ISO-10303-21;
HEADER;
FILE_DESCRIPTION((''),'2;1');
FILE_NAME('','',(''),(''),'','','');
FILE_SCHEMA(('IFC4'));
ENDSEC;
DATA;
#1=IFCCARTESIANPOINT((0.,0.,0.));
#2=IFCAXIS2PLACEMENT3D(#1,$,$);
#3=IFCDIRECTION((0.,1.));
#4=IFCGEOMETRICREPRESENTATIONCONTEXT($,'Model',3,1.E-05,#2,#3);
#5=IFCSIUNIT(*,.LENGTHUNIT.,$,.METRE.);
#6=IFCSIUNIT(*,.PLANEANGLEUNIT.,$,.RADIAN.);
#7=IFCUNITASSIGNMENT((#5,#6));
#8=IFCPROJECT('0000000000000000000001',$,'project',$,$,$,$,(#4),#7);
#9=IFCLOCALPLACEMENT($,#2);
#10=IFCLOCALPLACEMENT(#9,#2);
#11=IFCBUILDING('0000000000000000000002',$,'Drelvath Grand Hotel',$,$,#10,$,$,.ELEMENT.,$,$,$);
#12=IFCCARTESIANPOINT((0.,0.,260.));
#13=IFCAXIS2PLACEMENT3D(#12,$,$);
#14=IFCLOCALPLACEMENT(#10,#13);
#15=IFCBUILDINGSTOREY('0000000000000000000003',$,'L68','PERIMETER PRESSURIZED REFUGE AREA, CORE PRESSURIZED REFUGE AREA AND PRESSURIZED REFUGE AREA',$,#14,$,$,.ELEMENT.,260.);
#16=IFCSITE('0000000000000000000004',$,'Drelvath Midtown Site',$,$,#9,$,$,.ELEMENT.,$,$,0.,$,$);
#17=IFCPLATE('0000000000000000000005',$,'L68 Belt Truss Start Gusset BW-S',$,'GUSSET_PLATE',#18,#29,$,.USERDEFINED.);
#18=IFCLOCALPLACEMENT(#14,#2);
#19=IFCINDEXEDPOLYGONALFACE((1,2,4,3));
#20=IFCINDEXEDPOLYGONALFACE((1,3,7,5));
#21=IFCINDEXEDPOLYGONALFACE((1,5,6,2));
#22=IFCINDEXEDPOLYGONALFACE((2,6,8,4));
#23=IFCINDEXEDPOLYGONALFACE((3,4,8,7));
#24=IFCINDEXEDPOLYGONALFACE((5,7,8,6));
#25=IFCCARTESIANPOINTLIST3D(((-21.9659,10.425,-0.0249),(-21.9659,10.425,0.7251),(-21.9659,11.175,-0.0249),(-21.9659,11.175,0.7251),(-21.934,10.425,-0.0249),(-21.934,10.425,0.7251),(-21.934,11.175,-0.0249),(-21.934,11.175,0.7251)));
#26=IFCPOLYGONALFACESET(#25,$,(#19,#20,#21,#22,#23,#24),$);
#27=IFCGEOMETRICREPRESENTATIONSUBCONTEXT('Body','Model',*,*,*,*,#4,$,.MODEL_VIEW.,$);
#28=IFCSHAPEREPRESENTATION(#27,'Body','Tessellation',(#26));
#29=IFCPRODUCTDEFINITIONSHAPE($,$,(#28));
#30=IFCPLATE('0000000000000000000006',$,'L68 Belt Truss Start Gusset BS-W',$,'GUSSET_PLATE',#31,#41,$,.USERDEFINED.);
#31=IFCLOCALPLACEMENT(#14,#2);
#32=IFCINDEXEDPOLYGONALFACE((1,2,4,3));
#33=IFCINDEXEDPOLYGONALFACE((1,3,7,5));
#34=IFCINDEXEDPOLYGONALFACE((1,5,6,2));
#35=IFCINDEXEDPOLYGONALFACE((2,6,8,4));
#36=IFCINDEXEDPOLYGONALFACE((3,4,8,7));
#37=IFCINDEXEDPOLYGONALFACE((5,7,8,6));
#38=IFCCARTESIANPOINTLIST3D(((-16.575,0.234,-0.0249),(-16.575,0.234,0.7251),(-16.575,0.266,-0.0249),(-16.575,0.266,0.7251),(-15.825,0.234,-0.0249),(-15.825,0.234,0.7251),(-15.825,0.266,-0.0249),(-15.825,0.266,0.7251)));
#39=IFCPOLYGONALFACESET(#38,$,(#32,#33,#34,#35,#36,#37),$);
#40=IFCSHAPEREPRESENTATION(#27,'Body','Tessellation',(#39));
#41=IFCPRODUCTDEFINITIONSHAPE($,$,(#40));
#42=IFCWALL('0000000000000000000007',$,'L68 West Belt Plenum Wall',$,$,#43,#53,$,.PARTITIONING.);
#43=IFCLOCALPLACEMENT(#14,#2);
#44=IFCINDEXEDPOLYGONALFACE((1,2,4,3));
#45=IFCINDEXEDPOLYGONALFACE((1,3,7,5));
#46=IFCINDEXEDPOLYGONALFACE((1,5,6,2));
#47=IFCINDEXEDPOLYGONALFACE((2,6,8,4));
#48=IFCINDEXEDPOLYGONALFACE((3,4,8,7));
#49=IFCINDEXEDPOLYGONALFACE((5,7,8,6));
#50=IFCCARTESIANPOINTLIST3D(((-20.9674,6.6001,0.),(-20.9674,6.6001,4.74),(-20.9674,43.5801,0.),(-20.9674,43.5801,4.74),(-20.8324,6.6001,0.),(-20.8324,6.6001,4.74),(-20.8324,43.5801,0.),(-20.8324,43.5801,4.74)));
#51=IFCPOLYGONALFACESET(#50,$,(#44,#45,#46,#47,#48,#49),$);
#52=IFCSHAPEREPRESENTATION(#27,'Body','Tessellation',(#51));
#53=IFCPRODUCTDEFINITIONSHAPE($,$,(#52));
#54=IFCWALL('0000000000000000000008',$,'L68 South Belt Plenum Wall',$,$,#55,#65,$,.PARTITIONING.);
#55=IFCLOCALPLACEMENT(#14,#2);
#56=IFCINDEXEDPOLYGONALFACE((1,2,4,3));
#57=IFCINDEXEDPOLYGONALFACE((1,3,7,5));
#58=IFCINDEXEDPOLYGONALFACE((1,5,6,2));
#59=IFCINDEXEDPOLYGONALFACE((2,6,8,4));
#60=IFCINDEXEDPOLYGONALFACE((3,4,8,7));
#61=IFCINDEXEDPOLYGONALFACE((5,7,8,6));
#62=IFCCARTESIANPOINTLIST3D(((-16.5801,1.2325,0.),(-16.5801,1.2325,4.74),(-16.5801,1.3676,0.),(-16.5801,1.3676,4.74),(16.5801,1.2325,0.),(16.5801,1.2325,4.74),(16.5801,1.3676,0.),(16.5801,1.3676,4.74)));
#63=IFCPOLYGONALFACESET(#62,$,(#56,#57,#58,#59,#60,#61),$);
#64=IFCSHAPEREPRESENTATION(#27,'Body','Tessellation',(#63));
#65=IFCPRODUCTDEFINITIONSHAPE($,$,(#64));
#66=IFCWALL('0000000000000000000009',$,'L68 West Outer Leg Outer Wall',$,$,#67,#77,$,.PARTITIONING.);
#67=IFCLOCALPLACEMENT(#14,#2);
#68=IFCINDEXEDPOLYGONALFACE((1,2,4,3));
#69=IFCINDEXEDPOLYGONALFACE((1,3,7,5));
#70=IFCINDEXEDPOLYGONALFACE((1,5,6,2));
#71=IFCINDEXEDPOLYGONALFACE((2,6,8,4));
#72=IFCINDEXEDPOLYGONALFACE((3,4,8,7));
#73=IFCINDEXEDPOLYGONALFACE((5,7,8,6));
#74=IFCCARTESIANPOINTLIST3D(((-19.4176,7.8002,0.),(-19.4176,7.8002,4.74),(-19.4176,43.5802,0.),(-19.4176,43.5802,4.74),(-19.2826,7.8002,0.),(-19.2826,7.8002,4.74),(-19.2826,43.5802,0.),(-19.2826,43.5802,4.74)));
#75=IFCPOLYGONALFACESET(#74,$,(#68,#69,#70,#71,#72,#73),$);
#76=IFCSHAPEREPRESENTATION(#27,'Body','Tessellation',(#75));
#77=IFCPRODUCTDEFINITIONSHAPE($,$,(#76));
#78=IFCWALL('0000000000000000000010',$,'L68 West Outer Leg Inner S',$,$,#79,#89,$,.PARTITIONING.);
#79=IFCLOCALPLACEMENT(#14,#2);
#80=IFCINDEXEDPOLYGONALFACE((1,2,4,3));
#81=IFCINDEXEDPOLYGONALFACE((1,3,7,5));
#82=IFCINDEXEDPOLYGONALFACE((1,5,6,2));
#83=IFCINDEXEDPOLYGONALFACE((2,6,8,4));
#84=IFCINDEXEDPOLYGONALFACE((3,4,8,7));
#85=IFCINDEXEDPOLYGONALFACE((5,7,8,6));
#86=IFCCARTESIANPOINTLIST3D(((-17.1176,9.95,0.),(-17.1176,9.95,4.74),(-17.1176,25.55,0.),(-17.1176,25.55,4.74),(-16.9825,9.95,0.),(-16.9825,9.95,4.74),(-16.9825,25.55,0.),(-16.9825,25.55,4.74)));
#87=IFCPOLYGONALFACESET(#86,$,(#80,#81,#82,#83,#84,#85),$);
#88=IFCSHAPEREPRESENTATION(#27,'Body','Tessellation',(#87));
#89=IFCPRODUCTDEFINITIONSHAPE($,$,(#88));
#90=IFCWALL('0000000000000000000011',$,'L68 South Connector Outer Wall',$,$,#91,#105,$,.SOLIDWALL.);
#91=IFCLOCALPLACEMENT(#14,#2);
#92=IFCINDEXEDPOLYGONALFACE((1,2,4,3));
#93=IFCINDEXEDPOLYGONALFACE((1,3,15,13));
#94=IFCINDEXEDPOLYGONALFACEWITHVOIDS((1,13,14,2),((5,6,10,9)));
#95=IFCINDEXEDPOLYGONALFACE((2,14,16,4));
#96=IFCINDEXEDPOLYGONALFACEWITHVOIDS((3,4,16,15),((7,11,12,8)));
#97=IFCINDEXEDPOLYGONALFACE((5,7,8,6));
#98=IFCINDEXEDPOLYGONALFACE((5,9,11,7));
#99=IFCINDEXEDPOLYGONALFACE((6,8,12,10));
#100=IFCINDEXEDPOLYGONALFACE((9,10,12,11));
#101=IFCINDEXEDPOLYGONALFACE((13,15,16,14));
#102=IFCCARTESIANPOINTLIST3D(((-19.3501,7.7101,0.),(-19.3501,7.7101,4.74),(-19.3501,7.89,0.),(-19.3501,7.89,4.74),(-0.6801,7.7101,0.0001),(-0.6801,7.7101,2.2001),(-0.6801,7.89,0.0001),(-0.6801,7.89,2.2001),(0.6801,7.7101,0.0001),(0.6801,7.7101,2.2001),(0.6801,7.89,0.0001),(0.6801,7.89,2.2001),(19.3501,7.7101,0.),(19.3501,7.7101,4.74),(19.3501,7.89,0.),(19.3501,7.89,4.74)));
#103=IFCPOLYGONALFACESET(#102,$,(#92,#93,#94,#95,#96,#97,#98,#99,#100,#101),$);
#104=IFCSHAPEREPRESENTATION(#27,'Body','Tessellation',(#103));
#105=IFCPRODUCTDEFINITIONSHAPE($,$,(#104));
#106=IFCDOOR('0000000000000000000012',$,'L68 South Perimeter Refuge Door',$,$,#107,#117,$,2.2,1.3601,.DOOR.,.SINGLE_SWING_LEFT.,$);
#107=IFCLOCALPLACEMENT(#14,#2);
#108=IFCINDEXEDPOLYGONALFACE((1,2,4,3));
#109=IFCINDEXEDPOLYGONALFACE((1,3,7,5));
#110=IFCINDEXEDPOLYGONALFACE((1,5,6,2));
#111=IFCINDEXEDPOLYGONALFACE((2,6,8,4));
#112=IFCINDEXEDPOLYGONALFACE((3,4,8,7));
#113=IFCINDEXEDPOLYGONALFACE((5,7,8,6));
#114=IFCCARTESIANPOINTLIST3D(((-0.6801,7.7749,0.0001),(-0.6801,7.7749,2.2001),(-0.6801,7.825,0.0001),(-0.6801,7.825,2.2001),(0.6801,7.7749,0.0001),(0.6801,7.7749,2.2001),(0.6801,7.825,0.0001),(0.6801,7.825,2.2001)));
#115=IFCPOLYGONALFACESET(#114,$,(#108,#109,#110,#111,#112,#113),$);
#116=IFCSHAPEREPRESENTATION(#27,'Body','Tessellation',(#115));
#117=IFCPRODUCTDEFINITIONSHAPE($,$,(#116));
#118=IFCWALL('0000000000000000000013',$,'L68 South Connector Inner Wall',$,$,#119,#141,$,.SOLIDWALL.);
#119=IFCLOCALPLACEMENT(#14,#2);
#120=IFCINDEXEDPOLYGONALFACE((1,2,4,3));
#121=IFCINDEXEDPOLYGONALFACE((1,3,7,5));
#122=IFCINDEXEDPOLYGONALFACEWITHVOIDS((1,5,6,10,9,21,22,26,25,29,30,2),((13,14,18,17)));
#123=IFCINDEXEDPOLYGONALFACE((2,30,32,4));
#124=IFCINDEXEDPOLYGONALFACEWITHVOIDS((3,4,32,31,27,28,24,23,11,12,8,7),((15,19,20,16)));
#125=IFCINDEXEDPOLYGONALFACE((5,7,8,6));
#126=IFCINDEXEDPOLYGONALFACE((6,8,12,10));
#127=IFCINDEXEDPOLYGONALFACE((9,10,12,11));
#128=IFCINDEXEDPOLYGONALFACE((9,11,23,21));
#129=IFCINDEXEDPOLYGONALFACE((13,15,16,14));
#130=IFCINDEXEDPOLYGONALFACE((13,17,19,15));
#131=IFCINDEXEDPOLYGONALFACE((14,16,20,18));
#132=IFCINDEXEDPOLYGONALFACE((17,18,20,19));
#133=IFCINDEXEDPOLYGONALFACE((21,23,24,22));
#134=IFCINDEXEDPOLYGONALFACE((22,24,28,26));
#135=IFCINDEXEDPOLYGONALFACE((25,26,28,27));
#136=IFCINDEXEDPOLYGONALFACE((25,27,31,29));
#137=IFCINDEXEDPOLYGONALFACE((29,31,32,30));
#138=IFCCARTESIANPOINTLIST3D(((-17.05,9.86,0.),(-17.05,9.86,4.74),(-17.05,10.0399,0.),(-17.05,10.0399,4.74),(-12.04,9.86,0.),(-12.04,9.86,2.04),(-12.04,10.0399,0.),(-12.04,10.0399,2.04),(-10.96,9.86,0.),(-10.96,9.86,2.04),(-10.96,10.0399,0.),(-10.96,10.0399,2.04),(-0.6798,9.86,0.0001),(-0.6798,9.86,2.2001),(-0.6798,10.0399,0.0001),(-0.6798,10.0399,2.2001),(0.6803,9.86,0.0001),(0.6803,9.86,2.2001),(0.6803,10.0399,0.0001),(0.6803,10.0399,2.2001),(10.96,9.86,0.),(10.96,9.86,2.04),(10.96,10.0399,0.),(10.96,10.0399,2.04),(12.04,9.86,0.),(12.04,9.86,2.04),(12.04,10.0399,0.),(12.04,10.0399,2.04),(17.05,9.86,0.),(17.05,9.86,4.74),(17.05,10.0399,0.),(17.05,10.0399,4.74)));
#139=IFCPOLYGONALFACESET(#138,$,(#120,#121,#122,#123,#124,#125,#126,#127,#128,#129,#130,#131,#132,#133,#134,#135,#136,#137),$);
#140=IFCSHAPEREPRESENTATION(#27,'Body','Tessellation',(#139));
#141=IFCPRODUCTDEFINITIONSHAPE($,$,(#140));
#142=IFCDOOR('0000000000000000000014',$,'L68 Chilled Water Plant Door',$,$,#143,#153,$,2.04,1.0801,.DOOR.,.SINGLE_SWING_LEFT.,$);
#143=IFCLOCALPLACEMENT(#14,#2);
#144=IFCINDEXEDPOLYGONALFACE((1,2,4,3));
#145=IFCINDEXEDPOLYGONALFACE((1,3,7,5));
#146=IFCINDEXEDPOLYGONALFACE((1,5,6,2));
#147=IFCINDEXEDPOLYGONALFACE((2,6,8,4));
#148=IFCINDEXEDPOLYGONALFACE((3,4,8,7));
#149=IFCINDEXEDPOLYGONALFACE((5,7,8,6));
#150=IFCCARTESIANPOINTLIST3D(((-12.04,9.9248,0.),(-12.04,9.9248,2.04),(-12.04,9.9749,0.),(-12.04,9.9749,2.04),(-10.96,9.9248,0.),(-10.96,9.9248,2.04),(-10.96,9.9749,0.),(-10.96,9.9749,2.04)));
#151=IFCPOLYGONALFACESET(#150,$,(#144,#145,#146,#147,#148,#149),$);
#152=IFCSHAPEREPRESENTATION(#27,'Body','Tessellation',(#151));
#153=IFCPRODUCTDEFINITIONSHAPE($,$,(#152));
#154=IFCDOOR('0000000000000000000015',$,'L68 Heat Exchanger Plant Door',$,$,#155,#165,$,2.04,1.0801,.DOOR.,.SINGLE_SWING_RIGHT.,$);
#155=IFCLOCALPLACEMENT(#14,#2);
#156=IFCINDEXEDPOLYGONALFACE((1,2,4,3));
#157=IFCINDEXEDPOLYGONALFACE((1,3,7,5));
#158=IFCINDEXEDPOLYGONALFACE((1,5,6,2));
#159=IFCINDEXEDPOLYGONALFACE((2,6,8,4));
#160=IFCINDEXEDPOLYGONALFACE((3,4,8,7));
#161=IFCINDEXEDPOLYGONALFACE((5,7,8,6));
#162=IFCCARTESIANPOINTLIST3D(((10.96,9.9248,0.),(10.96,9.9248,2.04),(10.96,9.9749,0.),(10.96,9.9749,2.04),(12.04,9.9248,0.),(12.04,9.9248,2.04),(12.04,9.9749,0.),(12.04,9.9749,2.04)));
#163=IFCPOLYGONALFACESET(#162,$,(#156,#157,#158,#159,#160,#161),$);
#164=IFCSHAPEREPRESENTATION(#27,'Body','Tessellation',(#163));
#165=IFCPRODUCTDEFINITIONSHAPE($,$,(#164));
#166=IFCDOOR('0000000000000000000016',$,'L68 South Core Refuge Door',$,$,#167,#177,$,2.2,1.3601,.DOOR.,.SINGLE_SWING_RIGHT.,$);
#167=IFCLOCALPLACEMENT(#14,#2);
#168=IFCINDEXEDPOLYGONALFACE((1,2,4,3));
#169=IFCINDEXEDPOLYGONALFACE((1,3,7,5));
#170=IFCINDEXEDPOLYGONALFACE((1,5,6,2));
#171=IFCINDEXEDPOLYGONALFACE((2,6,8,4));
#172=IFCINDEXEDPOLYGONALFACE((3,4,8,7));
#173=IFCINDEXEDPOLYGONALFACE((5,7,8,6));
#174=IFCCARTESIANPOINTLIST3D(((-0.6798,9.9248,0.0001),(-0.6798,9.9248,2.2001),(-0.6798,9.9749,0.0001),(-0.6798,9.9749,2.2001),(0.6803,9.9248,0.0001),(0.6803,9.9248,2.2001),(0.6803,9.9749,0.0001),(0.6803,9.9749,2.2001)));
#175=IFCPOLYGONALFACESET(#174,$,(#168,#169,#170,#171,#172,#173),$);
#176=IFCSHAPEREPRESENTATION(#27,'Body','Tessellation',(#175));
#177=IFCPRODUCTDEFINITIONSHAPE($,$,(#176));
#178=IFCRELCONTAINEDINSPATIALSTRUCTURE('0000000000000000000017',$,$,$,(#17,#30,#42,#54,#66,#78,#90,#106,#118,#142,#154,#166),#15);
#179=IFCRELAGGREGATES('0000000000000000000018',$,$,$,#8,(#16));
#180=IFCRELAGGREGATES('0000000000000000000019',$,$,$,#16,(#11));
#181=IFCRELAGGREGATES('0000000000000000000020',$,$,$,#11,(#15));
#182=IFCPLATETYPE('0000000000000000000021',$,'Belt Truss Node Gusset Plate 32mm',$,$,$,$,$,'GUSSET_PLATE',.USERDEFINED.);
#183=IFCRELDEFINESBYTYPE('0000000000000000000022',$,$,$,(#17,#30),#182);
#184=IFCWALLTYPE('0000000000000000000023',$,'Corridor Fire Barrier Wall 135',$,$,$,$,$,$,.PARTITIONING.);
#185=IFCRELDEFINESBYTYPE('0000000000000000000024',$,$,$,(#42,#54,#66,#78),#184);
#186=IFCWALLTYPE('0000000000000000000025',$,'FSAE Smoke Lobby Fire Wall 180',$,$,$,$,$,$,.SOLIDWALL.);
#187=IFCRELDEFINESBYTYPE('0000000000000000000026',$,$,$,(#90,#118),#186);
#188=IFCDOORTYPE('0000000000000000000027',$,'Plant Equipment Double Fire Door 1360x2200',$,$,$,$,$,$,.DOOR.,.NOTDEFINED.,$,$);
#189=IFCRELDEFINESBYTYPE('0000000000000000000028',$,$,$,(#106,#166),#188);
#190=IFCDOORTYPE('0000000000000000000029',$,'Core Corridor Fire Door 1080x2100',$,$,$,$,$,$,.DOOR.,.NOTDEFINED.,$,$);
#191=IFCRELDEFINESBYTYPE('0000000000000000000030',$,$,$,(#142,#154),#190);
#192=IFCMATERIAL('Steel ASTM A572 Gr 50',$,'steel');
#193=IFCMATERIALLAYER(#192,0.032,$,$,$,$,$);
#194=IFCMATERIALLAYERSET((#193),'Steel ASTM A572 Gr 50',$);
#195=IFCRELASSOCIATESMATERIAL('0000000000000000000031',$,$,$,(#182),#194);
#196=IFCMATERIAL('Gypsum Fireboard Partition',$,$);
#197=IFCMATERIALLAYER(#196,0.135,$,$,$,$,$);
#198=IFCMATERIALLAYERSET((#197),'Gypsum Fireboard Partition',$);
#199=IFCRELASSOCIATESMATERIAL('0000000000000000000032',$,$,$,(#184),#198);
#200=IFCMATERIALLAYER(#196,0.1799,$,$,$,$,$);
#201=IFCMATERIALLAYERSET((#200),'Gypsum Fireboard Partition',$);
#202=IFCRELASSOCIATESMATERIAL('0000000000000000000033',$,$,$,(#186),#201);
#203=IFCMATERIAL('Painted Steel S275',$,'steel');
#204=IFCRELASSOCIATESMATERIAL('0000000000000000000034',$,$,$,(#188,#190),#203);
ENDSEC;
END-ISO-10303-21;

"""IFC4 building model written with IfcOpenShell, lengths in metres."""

from ifc_helpers import new_model, si_unit, direction, frame, frame_2d, origin, origin_2d, place, context, subcontext, project, spatial, rectangle, extrude, material, layer, layer_set, type_object, element, fill, save


model = new_model("IFC4")

# Units and contexts
model_context = context("Model", 3, precision=1e-05, world=origin(), true_north=direction((0.0, 1.0)))
body_context = subcontext(model_context, "Body", "Model", "MODEL_VIEW")
ifc_project = project(units=[si_unit("LENGTHUNIT", "METRE"), si_unit("PLANEANGLEUNIT", "RADIAN")], contexts=[model_context])

# Site, building, storey
site_placement = place(None, origin())
site = spatial("IfcSite", under=ifc_project, at=site_placement, Name="Drelvath Midtown Site", CompositionType="ELEMENT", RefElevation=0.0)
building_placement = place(site_placement, origin())
building = spatial("IfcBuilding", under=site, at=building_placement, Name="Drelvath Grand Hotel", CompositionType="ELEMENT")
storey_placement = place(building_placement, frame((0.0, 0.0, 260.0)))
storey = spatial("IfcBuildingStorey", under=building, at=storey_placement, Name="L68", Description="PERIMETER PRESSURIZED REFUGE AREA, CORE PRESSURIZED REFUGE AREA AND PRESSURIZED REFUGE AREA", CompositionType="ELEMENT", Elevation=260.0)

# Plates
ifc_material_1 = material(Name="Steel ASTM A572 Gr 50", Category="steel")
ifc_layer_1 = layer(ifc_material_1, 0.032)
ifc_layer_set_1 = layer_set([ifc_layer_1], Name="Steel ASTM A572 Gr 50")
plate_type = type_object("IfcPlateType", Name="Belt Truss Node Gusset Plate 32mm", ElementType="GUSSET_PLATE", PredefinedType="USERDEFINED", material=ifc_layer_set_1)
for number, where, z_axis, x_axis, name in (
    (1, (-21.95, 10.8, -0.0249), (0.0, 0.0, 1.0), (0.0, 1.0, 0.0), "L68 Belt Truss Start Gusset BW-S"),
    (2, (-16.2, 0.25, -0.0249), (0.0, 0.0, 1.0), (1.0, 0.0, 0.0), "L68 Belt Truss Start Gusset BS-W"),
):
    element("IfcPlate", number, at=place(storey_placement, frame(where, z_axis=z_axis, x_axis=x_axis)), inside=storey, type_object=plate_type, Name=name, ObjectType="GUSSET_PLATE", PredefinedType="USERDEFINED", context=body_context, shape_type="SweptSolid", body=[
        extrude(rectangle(XDim=0.75, YDim=0.032, at=origin_2d()), origin(), (0.0, 0.0, 1.0), 0.75),
    ])

# Walls
ifc_material_2 = material(Name="Gypsum Fireboard Partition")
ifc_layer_2 = layer(ifc_material_2, 0.135)
ifc_layer_set_2 = layer_set([ifc_layer_2], Name="Gypsum Fireboard Partition")
wall_type_1 = type_object("IfcWallType", Name="Corridor Fire Barrier Wall 135", PredefinedType="PARTITIONING", material=ifc_layer_set_2)
wall_1_placement = place(storey_placement, frame((-20.8999, 6.6001, 0.0), z_axis=(0.0, 0.0, 1.0), x_axis=(0.0, 1.0, 0.0)))
element("IfcWall", 3, at=wall_1_placement, inside=storey, type_object=wall_type_1, Name="L68 West Belt Plenum Wall", PredefinedType="PARTITIONING", context=body_context, shape_type="SweptSolid", body=[
    extrude(rectangle(XDim=36.98, YDim=0.135, at=frame_2d((18.49, 0.0))), origin(), (0.0, 0.0, 1.0), 4.74),
])
wall_2_placement = place(storey_placement, frame((-16.5801, 1.3, 0.0), z_axis=(0.0, 0.0, 1.0), x_axis=(1.0, 0.0, 0.0)))
element("IfcWall", 4, at=wall_2_placement, inside=storey, type_object=wall_type_1, Name="L68 South Belt Plenum Wall", PredefinedType="PARTITIONING", context=body_context, shape_type="SweptSolid", body=[
    extrude(rectangle(XDim=33.1602, YDim=0.135, at=frame_2d((16.5801, 0.0))), origin(), (0.0, 0.0, 1.0), 4.74),
])
wall_3_placement = place(storey_placement, frame((-19.3501, 7.8, 0.0), z_axis=(0.0, 0.0, 1.0), x_axis=(0.0, 1.0, 0.0)))
element("IfcWall", 5, at=wall_3_placement, inside=storey, type_object=wall_type_1, Name="L68 West Outer Leg Outer Wall", PredefinedType="PARTITIONING", context=body_context, shape_type="SweptSolid", body=[
    extrude(rectangle(XDim=35.78, YDim=0.135, at=frame_2d((17.8901, 0.0))), origin(), (0.0, 0.0, 1.0), 4.74),
])
wall_4_placement = place(storey_placement, frame((-17.05, 9.95, 0.0), z_axis=(0.0, 0.0, 1.0), x_axis=(0.0, 1.0, 0.0)))
element("IfcWall", 6, at=wall_4_placement, inside=storey, type_object=wall_type_1, Name="L68 West Outer Leg Inner S", PredefinedType="PARTITIONING", context=body_context, shape_type="SweptSolid", body=[
    extrude(rectangle(XDim=15.6001, YDim=0.135, at=frame_2d((7.8, 0.0))), origin(), (0.0, 0.0, 1.0), 4.74),
])

# Wall, opening, door
ifc_layer_3 = layer(ifc_material_2, 0.1799)
ifc_layer_set_3 = layer_set([ifc_layer_3], Name="Gypsum Fireboard Partition")
wall_type_2 = type_object("IfcWallType", Name="FSAE Smoke Lobby Fire Wall 180", PredefinedType="SOLIDWALL", material=ifc_layer_set_3)
wall_5_placement = place(storey_placement, frame((-19.3501, 7.8, 0.0), z_axis=(0.0, 0.0, 1.0), x_axis=(1.0, 0.0, 0.0)))
wall_5 = element("IfcWall", 7, at=wall_5_placement, inside=storey, type_object=wall_type_2, Name="L68 South Connector Outer Wall", PredefinedType="SOLIDWALL", context=body_context, shape_type="SweptSolid", body=[
    extrude(rectangle(XDim=38.7002, YDim=0.1799, at=frame_2d((19.3501, 0.0))), origin(), (0.0, 0.0, 1.0), 4.74),
])
opening_1_placement = place(wall_5_placement, frame((18.6699, 0.0, 0.0)))
opening_1 = element("IfcOpeningElement", 8, at=opening_1_placement, cuts=wall_5, PredefinedType="OPENING", context=body_context, shape_type="SweptSolid", body=[
    extrude(rectangle(XDim=1.3601, YDim=2.2, at=frame_2d((0.6802, 1.1001))), frame((0.0, 0.0999, 0.0), z_axis=(0.0, -1.0, 0.0), x_axis=(1.0, 0.0, 0.0)), (0.0, 0.0, 1.0), 0.2),
])
ifc_material_3 = material(Name="Painted Steel S275", Category="steel")
door_type_1 = type_object("IfcDoorType", Name="Plant Equipment Double Fire Door 1360x2200", OperationType="NOTDEFINED", PredefinedType="DOOR", material=ifc_material_3)
door_1_placement = place(opening_1_placement, origin())
door_1 = element("IfcDoor", 9, at=door_1_placement, inside=storey, type_object=door_type_1, Name="L68 South Perimeter Refuge Door", OperationType="SINGLE_SWING_LEFT", OverallHeight=2.2, OverallWidth=1.3601, PredefinedType="DOOR", context=body_context, shape_type="SweptSolid", body=[
    extrude(rectangle(XDim=1.3601, YDim=2.2, at=frame_2d((0.6802, 1.1001))), frame((0.0, 0.0249, 0.0), z_axis=(0.0, -1.0, 0.0), x_axis=(1.0, 0.0, 0.0)), (0.0, 0.0, 1.0), 0.05),
])
fill(opening_1, door_1)

# Wall, openings, doors
wall_6_placement = place(storey_placement, frame((-17.05, 9.95, 0.0), z_axis=(0.0, 0.0, 1.0), x_axis=(1.0, 0.0, 0.0)))
wall_6 = element("IfcWall", 10, at=wall_6_placement, inside=storey, type_object=wall_type_2, Name="L68 South Connector Inner Wall", PredefinedType="SOLIDWALL", context=body_context, shape_type="SweptSolid", body=[
    extrude(rectangle(XDim=34.1001, YDim=0.1799, at=frame_2d((17.05, 0.0))), origin(), (0.0, 0.0, 1.0), 4.74),
])
opening_2_placement = place(wall_6_placement, frame((16.3701, 0.0, 0.0)))
opening_2 = element("IfcOpeningElement", 11, at=opening_2_placement, cuts=wall_6, PredefinedType="OPENING", context=body_context, shape_type="SweptSolid", body=[
    extrude(rectangle(XDim=1.3601, YDim=2.2, at=frame_2d((0.6802, 1.1001))), frame((0.0, 0.0999, 0.0), z_axis=(0.0, -1.0, 0.0), x_axis=(1.0, 0.0, 0.0)), (0.0, 0.0, 1.0), 0.2),
])
opening_3_placement = place(wall_6_placement, frame((5.01, 0.0, 0.0)))
opening_3 = element("IfcOpeningElement", 12, at=opening_3_placement, cuts=wall_6, PredefinedType="OPENING", context=body_context, shape_type="SweptSolid", body=[
    extrude(rectangle(XDim=1.0801, YDim=2.04, at=frame_2d((0.54, 1.02))), frame((0.0, 0.0999, 0.0), z_axis=(0.0, -1.0, 0.0), x_axis=(1.0, 0.0, 0.0)), (0.0, 0.0, 1.0), 0.2),
])
opening_4_placement = place(wall_6_placement, frame((28.01, 0.0, 0.0)))
opening_4 = element("IfcOpeningElement", 13, at=opening_4_placement, cuts=wall_6, PredefinedType="OPENING", context=body_context, shape_type="SweptSolid", body=[
    extrude(rectangle(XDim=1.0801, YDim=2.04, at=frame_2d((0.54, 1.02))), frame((0.0, 0.0999, 0.0), z_axis=(0.0, -1.0, 0.0), x_axis=(1.0, 0.0, 0.0)), (0.0, 0.0, 1.0), 0.2),
])
door_type_2 = type_object("IfcDoorType", Name="Core Corridor Fire Door 1080x2100", OperationType="NOTDEFINED", PredefinedType="DOOR", material=ifc_material_3)
door_2_placement = place(opening_3_placement, origin())
door_2 = element("IfcDoor", 14, at=door_2_placement, inside=storey, type_object=door_type_2, Name="L68 Chilled Water Plant Door", OperationType="SINGLE_SWING_LEFT", OverallHeight=2.04, OverallWidth=1.0801, PredefinedType="DOOR", context=body_context, shape_type="SweptSolid", body=[
    extrude(rectangle(XDim=1.0801, YDim=2.04, at=frame_2d((0.54, 1.02))), frame((0.0, 0.0249, 0.0), z_axis=(0.0, -1.0, 0.0), x_axis=(1.0, 0.0, 0.0)), (0.0, 0.0, 1.0), 0.05),
])
fill(opening_3, door_2)
door_3_placement = place(opening_4_placement, origin())
door_3 = element("IfcDoor", 15, at=door_3_placement, inside=storey, type_object=door_type_2, Name="L68 Heat Exchanger Plant Door", OperationType="SINGLE_SWING_RIGHT", OverallHeight=2.04, OverallWidth=1.0801, PredefinedType="DOOR", context=body_context, shape_type="SweptSolid", body=[
    extrude(rectangle(XDim=1.0801, YDim=2.04, at=frame_2d((0.54, 1.02))), frame((0.0, 0.0249, 0.0), z_axis=(0.0, -1.0, 0.0), x_axis=(1.0, 0.0, 0.0)), (0.0, 0.0, 1.0), 0.05),
])
fill(opening_4, door_3)
door_4_placement = place(opening_2_placement, origin())
door_4 = element("IfcDoor", 16, at=door_4_placement, inside=storey, type_object=door_type_1, Name="L68 South Core Refuge Door", OperationType="SINGLE_SWING_RIGHT", OverallHeight=2.2, OverallWidth=1.3601, PredefinedType="DOOR", context=body_context, shape_type="SweptSolid", body=[
    extrude(rectangle(XDim=1.3601, YDim=2.2, at=frame_2d((0.6802, 1.1001))), frame((0.0, 0.0249, 0.0), z_axis=(0.0, -1.0, 0.0), x_axis=(1.0, 0.0, 0.0)), (0.0, 0.0, 1.0), 0.05),
])
fill(opening_2, door_4)

save(model, "model.ifc")
